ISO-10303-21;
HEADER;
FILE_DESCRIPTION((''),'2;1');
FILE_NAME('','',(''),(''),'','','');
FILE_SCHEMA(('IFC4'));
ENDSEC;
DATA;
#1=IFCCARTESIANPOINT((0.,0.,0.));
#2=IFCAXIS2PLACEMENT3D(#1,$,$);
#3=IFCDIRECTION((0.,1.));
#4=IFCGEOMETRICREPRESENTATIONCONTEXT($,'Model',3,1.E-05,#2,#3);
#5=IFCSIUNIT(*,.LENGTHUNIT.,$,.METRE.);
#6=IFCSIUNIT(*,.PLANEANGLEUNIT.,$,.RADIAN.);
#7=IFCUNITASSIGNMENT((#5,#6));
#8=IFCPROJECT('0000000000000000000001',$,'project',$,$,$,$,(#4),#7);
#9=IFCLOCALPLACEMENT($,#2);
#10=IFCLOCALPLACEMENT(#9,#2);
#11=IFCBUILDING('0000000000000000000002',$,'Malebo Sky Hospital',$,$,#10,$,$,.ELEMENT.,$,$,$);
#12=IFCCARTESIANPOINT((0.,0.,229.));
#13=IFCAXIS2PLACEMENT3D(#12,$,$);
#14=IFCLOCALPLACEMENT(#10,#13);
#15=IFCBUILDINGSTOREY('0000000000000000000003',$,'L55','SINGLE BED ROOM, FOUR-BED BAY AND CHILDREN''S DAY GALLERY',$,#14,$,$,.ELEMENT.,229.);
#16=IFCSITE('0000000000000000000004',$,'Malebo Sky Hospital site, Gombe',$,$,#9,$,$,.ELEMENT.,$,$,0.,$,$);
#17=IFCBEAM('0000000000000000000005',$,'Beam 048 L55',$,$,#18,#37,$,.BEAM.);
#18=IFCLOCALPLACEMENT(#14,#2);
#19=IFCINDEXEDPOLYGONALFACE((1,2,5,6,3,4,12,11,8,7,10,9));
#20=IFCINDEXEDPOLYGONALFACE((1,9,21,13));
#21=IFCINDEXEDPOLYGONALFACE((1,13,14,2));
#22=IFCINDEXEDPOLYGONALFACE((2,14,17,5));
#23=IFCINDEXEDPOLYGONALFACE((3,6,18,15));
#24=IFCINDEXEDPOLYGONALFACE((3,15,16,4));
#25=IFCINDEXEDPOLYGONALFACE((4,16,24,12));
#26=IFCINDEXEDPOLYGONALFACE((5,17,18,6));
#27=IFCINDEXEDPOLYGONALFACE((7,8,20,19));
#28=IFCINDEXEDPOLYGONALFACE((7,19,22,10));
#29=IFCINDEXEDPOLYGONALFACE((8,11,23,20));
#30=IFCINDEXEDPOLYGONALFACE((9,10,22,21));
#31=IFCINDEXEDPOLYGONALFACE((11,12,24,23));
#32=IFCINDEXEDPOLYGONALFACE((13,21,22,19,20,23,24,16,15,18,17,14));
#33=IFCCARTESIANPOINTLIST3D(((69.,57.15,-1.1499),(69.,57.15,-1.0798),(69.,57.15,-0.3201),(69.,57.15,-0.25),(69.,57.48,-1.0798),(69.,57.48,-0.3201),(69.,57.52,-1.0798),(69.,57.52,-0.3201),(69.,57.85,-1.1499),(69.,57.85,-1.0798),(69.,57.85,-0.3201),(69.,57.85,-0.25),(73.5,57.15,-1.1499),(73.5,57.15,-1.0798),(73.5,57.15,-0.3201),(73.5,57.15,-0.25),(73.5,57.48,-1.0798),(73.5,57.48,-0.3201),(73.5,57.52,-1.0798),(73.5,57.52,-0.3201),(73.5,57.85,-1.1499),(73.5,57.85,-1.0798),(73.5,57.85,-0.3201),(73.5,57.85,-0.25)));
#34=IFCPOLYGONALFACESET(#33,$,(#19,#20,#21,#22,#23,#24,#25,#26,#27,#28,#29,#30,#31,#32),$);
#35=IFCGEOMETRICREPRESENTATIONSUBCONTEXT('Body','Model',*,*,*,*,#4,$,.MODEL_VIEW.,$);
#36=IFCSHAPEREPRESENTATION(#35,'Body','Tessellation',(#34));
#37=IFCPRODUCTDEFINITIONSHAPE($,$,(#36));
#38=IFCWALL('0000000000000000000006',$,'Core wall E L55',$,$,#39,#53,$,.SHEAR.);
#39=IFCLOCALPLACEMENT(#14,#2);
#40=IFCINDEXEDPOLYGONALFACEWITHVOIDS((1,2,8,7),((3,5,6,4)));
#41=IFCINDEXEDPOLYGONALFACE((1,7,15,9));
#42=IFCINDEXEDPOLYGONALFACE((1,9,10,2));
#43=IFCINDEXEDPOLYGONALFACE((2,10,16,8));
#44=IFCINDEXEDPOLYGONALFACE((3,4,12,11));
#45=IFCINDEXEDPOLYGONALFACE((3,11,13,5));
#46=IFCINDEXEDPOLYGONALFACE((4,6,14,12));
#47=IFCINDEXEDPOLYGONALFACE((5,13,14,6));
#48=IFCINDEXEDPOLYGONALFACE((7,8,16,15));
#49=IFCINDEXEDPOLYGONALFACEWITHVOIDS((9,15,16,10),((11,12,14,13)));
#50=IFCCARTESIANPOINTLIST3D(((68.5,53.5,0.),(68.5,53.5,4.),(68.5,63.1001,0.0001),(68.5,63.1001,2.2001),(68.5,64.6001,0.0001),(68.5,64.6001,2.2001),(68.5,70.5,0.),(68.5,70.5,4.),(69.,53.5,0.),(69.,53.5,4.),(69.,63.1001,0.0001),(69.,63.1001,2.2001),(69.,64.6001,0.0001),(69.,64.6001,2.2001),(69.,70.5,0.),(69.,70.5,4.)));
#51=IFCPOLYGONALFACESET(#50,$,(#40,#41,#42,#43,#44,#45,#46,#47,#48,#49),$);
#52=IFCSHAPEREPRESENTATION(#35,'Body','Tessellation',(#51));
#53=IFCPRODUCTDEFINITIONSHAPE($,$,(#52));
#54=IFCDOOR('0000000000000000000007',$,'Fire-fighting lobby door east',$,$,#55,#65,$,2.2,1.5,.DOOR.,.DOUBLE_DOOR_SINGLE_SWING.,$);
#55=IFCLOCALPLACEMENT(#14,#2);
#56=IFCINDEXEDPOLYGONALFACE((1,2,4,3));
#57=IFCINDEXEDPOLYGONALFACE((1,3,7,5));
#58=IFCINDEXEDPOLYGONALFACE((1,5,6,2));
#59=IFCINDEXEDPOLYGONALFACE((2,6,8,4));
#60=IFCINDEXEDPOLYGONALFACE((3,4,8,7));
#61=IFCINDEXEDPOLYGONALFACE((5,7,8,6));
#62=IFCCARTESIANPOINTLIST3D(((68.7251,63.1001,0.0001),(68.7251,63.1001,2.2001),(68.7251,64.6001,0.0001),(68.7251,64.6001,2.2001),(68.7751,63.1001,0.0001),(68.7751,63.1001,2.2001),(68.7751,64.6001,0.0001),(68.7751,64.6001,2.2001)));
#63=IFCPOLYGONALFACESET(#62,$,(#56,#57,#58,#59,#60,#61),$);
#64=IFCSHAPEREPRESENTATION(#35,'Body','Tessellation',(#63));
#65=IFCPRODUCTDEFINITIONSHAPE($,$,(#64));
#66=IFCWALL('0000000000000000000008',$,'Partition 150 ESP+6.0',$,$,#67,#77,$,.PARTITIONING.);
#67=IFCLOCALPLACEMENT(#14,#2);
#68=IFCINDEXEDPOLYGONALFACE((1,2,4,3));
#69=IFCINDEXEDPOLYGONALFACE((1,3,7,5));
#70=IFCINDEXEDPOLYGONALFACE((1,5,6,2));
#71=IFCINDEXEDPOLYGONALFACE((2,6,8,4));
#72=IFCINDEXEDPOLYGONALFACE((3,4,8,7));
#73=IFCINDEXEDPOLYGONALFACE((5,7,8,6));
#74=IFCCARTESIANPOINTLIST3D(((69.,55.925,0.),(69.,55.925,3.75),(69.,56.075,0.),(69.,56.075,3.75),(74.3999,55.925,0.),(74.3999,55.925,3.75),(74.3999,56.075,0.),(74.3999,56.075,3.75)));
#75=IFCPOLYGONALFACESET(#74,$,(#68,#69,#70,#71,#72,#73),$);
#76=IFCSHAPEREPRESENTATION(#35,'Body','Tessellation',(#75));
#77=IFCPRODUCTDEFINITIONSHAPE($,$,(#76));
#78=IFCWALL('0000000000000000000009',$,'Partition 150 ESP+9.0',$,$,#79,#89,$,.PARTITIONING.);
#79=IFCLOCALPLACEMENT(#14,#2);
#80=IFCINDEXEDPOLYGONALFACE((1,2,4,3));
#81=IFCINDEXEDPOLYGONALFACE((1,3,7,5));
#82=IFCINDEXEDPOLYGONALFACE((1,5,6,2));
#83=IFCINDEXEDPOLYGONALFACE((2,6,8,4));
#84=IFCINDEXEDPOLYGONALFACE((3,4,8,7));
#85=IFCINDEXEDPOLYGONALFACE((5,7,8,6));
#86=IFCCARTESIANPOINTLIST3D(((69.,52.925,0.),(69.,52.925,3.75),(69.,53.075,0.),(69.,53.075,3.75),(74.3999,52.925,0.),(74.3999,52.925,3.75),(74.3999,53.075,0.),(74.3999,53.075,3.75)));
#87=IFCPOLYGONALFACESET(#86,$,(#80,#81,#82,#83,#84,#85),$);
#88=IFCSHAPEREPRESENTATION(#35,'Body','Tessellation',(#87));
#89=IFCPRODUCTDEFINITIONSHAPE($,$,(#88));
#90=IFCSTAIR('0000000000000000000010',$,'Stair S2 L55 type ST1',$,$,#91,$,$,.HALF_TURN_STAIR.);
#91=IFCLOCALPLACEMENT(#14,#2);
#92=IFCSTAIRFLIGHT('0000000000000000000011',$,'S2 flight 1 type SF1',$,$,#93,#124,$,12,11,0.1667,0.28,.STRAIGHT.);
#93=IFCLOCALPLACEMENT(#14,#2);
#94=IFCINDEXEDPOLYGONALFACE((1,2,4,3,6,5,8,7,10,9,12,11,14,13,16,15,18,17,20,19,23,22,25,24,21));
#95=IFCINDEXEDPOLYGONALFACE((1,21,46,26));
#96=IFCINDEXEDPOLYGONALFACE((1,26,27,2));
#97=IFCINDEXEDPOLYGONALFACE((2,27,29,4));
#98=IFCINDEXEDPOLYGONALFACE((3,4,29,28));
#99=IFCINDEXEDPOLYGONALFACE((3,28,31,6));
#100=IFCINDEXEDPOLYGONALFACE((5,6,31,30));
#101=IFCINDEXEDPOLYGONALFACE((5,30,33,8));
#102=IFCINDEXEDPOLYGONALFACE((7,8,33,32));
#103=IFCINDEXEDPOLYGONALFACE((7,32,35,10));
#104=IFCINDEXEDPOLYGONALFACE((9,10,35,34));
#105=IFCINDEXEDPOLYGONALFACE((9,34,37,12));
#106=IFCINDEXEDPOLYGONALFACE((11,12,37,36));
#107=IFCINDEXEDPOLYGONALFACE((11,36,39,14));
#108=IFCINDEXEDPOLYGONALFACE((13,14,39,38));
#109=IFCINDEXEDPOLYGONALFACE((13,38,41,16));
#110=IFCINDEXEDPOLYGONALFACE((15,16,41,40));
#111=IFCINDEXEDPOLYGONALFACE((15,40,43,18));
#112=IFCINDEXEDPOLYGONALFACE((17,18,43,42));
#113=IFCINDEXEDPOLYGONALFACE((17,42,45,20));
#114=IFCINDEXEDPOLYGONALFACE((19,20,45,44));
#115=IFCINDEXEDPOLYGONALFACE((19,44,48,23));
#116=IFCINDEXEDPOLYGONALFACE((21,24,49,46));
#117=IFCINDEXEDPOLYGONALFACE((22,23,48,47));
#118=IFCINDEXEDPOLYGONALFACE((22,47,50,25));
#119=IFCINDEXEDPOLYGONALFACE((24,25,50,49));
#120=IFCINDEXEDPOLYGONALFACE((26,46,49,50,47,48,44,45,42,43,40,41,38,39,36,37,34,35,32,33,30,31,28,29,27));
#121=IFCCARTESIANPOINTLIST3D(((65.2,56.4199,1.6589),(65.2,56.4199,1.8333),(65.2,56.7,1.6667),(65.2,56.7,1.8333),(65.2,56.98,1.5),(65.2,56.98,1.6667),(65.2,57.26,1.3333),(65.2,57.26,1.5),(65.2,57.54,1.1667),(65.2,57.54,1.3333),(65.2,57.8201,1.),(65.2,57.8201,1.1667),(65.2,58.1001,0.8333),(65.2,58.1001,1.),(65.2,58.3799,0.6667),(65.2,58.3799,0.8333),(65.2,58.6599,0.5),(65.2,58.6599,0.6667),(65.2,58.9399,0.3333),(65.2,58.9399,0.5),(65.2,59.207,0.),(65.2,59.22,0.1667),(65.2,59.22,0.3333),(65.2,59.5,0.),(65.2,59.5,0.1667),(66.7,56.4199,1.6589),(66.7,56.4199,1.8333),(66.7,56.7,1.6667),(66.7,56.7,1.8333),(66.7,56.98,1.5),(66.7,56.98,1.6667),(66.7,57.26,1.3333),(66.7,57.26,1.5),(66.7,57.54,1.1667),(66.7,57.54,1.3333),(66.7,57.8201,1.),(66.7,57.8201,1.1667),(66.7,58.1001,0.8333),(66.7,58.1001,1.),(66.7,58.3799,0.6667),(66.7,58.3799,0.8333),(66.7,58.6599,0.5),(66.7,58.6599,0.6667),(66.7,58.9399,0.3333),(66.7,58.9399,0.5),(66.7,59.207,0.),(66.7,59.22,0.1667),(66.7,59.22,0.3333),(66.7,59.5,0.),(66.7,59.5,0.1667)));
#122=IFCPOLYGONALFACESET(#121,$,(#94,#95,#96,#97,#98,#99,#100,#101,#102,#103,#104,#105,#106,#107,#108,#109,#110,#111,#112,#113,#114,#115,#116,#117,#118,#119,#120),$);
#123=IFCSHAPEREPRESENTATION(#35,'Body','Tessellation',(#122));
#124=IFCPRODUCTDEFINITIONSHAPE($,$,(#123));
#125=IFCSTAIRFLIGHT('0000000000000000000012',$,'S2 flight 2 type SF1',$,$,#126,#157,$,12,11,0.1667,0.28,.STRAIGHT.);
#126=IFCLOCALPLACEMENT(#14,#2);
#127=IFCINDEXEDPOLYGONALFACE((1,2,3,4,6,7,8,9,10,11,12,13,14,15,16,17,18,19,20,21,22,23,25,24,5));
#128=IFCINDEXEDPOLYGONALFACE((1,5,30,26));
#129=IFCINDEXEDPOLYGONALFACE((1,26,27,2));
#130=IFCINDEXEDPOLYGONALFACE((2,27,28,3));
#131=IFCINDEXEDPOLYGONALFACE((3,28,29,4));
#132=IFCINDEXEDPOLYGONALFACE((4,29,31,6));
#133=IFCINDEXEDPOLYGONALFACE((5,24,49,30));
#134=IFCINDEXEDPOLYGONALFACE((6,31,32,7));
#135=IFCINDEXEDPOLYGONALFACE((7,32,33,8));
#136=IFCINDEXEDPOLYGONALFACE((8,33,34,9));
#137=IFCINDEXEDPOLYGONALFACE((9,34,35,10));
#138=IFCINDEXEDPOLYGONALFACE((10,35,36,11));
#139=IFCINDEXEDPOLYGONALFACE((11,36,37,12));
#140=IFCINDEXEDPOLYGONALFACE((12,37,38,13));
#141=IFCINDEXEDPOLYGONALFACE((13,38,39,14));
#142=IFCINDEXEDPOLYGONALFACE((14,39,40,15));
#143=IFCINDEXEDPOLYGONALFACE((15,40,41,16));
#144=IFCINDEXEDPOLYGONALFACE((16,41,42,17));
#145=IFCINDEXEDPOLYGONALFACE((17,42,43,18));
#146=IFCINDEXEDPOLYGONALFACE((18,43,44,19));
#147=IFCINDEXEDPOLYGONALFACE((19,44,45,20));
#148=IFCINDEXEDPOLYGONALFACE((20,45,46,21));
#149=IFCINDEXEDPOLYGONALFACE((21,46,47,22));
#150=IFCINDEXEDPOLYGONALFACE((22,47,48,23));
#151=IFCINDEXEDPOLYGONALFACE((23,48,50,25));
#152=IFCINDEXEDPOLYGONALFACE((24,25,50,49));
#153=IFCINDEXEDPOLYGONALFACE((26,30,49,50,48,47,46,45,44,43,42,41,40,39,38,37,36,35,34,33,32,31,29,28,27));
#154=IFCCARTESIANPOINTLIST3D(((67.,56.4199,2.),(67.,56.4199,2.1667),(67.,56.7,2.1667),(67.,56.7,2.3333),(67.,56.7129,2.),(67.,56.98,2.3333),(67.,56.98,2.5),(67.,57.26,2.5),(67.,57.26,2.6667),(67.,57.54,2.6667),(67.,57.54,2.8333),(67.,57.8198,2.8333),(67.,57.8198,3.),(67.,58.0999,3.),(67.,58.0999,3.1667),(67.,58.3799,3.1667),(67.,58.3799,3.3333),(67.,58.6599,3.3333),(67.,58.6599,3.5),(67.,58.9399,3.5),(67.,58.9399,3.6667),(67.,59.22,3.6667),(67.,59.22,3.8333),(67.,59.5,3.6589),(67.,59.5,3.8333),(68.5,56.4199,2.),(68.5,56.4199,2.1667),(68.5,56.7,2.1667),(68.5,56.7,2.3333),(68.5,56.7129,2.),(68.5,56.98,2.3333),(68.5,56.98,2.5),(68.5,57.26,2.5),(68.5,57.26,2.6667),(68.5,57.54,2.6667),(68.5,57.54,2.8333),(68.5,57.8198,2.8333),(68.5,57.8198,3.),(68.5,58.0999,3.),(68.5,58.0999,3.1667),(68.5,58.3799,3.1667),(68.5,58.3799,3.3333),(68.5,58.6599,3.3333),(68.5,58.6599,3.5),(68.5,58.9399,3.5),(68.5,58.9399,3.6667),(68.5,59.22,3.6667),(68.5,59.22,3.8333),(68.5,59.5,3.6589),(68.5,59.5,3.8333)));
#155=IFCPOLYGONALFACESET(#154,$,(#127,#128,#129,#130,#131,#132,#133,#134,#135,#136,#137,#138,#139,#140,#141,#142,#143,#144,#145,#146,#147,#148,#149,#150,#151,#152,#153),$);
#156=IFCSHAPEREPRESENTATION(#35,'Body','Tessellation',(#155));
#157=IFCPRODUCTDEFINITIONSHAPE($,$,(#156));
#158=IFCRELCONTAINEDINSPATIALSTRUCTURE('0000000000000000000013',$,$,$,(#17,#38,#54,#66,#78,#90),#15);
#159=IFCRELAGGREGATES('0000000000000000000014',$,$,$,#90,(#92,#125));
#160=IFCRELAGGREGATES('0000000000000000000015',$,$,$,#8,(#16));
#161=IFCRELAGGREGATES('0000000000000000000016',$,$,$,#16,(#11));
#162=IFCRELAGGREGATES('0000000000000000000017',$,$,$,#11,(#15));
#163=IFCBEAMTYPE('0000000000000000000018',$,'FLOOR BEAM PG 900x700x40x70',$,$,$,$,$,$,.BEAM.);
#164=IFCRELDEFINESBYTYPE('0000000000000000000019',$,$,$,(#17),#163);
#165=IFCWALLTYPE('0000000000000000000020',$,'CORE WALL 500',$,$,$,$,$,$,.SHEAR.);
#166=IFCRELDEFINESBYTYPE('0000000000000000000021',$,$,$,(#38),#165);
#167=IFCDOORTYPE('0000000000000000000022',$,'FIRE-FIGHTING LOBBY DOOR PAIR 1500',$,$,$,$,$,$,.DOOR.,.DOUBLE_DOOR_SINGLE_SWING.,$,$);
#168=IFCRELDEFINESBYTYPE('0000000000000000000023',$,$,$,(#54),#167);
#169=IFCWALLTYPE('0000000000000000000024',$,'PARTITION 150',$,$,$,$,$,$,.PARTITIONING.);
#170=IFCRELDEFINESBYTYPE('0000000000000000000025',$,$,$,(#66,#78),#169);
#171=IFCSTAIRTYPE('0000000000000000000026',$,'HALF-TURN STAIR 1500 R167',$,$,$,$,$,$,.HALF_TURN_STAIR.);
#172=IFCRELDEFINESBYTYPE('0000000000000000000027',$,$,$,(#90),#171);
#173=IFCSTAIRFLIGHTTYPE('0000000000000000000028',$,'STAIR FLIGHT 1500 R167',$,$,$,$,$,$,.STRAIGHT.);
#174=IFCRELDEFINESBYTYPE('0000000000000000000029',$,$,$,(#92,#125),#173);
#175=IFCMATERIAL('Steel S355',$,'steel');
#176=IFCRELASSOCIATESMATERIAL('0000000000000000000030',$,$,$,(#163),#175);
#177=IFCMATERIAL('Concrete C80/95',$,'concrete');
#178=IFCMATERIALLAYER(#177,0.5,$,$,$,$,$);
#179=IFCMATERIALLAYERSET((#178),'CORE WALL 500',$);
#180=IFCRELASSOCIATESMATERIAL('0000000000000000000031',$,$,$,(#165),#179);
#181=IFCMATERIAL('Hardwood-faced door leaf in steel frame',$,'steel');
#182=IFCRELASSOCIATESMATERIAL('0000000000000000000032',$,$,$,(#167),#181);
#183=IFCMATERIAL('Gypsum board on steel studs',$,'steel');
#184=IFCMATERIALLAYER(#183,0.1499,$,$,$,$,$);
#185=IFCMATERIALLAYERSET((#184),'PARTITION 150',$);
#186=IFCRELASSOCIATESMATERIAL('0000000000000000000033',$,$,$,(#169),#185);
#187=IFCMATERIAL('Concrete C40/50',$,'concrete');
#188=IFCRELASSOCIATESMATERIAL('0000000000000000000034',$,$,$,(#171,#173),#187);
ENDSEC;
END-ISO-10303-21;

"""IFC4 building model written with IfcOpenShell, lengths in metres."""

from ifc_helpers import new_model, si_unit, direction, frame, frame_2d, origin, origin_2d, place, context, subcontext, project, spatial, polyline, rectangle, i_section, outline, extrude, material, layer, layer_set, material_profile, profile_set, type_object, element, fill, aggregate, save


model = new_model("IFC4")

# Units and contexts
model_context = context("Model", 3, precision=1e-05, world=origin(), true_north=direction((0.0, 1.0)))
body_context = subcontext(model_context, "Body", "Model", "MODEL_VIEW")
ifc_project = project(units=[si_unit("LENGTHUNIT", "METRE"), si_unit("PLANEANGLEUNIT", "RADIAN")], contexts=[model_context])

# Site, building, storey
site_placement = place(None, origin())
site = spatial("IfcSite", under=ifc_project, at=site_placement, Name="Malebo Sky Hospital site, Gombe", CompositionType="ELEMENT", RefElevation=0.0)
building_placement = place(site_placement, origin())
building = spatial("IfcBuilding", under=site, at=building_placement, Name="Malebo Sky Hospital", CompositionType="ELEMENT")
storey_placement = place(building_placement, frame((0.0, 0.0, 229.0)))
storey = spatial("IfcBuildingStorey", under=building, at=storey_placement, Name="L55", Description="SINGLE BED ROOM, FOUR-BED BAY AND CHILDREN'S DAY GALLERY", CompositionType="ELEMENT", Elevation=229.0)

# Beam
ifc_material_1 = material(Name="Steel S355", Category="steel")
ifc_material_profile = material_profile(ifc_material_1, i_section(OverallWidth=0.7, OverallDepth=0.8999, WebThickness=0.04, FlangeThickness=0.0701, at=origin_2d()), Name="PG 900x700x40x70")
ifc_profile_set = profile_set([ifc_material_profile], Name="Steel S355")
beam_type = type_object("IfcBeamType", Name="FLOOR BEAM PG 900x700x40x70", PredefinedType="BEAM", material=ifc_profile_set)
beam_placement = place(storey_placement, frame((69.0, 57.5, -0.7), z_axis=(1.0, 0.0, 0.0), x_axis=(0.0, 1.0, 0.0)))
element("IfcBeam", 1, at=beam_placement, inside=storey, type_object=beam_type, Name="Beam 048 L55", PredefinedType="BEAM", context=body_context, shape_type="SweptSolid", body=[
    extrude(i_section(OverallWidth=0.7, OverallDepth=0.8999, WebThickness=0.04, FlangeThickness=0.0701, at=origin_2d()), origin(), (0.0, 0.0, 1.0), 4.5),
])

# Wall, opening, door
ifc_material_2 = material(Name="Concrete C80/95", Category="concrete")
ifc_layer_1 = layer(ifc_material_2, 0.5)
ifc_layer_set_1 = layer_set([ifc_layer_1], Name="CORE WALL 500")
wall_type_1 = type_object("IfcWallType", Name="CORE WALL 500", PredefinedType="SHEAR", material=ifc_layer_set_1)
wall_placement = place(storey_placement, frame((68.75, 53.5, 0.0), z_axis=(0.0, 0.0, 1.0), x_axis=(0.0, 1.0, 0.0)))
wall = element("IfcWall", 2, at=wall_placement, inside=storey, type_object=wall_type_1, Name="Core wall E L55", PredefinedType="SHEAR", context=body_context, shape_type="SweptSolid", body=[
    extrude(rectangle(XDim=17.0, YDim=0.5, at=frame_2d((8.5, 0.0))), origin(), (0.0, 0.0, 1.0), 4.0),
])
opening_placement = place(wall_placement, frame((9.6001, 0.0, 0.0)))
opening = element("IfcOpeningElement", 3, at=opening_placement, cuts=wall, PredefinedType="OPENING", context=body_context, shape_type="SweptSolid", body=[
    extrude(rectangle(XDim=1.5, YDim=2.2, at=frame_2d((0.75, 1.1001))), frame((0.0, 0.26, 0.0), z_axis=(0.0, -1.0, 0.0), x_axis=(1.0, 0.0, 0.0)), (0.0, 0.0, 1.0), 0.52),
])
ifc_material_3 = material(Name="Hardwood-faced door leaf in steel frame", Category="steel")
door_type = type_object("IfcDoorType", Name="FIRE-FIGHTING LOBBY DOOR PAIR 1500", OperationType="DOUBLE_DOOR_SINGLE_SWING", PredefinedType="DOOR", material=ifc_material_3)
door_placement = place(opening_placement, origin())
door = element("IfcDoor", 4, at=door_placement, inside=storey, type_object=door_type, Name="Fire-fighting lobby door east", OperationType="DOUBLE_DOOR_SINGLE_SWING", OverallHeight=2.2, OverallWidth=1.5, PredefinedType="DOOR", context=body_context, shape_type="SweptSolid", body=[
    extrude(rectangle(XDim=1.5, YDim=2.2, at=frame_2d((0.75, 1.1001))), frame((0.0, 0.0249, 0.0), z_axis=(0.0, -1.0, 0.0), x_axis=(1.0, 0.0, 0.0)), (0.0, 0.0, 1.0), 0.05),
])
fill(opening, door)

# Walls
ifc_material_4 = material(Name="Gypsum board on steel studs", Category="steel")
ifc_layer_2 = layer(ifc_material_4, 0.1499)
ifc_layer_set_2 = layer_set([ifc_layer_2], Name="PARTITION 150")
wall_type_2 = type_object("IfcWallType", Name="PARTITION 150", PredefinedType="PARTITIONING", material=ifc_layer_set_2)
for number, where, z_axis, x_axis, name in (
    (5, (69.0, 56.0, 0.0), (0.0, 0.0, 1.0), (1.0, 0.0, 0.0), "Partition 150 ESP+6.0"),
    (6, (69.0, 53.0, 0.0), (0.0, 0.0, 1.0), (1.0, 0.0, 0.0), "Partition 150 ESP+9.0"),
):
    element("IfcWall", number, at=place(storey_placement, frame(where, z_axis=z_axis, x_axis=x_axis)), inside=storey, type_object=wall_type_2, Name=name, PredefinedType="PARTITIONING", context=body_context, shape_type="SweptSolid", body=[
        extrude(rectangle(XDim=5.3999, YDim=0.1499, at=frame_2d((2.7, 0.0))), origin(), (0.0, 0.0, 1.0), 3.75),
    ])

# Stair, stair flights
ifc_material_5 = material(Name="Concrete C40/50", Category="concrete")
stair_type = type_object("IfcStairType", Name="HALF-TURN STAIR 1500 R167", PredefinedType="HALF_TURN_STAIR", material=ifc_material_5)
stair_placement = place(storey_placement, origin())
stair = element("IfcStair", 7, at=stair_placement, inside=storey, type_object=stair_type, Name="Stair S2 L55 type ST1", PredefinedType="HALF_TURN_STAIR")
stair_flight_type = type_object("IfcStairFlightType", Name="STAIR FLIGHT 1500 R167", PredefinedType="STRAIGHT", material=ifc_material_5)
stair_flight_1_placement = place(storey_placement, frame((65.95, 59.5, 0.0), z_axis=(0.0, 0.0, 1.0), x_axis=(0.0, -1.0, 0.0)))
stair_flight_1 = element("IfcStairFlight", 8, at=stair_flight_1_placement, type_object=stair_flight_type, Name="S2 flight 1 type SF1", NumberOfRisers=12, NumberOfTreads=11, PredefinedType="STRAIGHT", RiserHeight=0.1667, TreadLength=0.28, context=body_context, shape_type="SweptSolid", body=[
    extrude(outline(polyline([(0.0, 0.0), (0.0, 0.1667), (0.28, 0.1667), (0.28, 0.3333), (0.5601, 0.3333), (0.5601, 0.5), (0.8401, 0.5), (0.8401, 0.6667), (1.1201, 0.6667), (1.1201, 0.8333), (1.3999, 0.8333), (1.3999, 1.0), (1.6799, 1.0), (1.6799, 1.1667), (1.96, 1.1667), (1.96, 1.3333), (2.24, 1.3333), (2.24, 1.5), (2.52, 1.5), (2.52, 1.6667), (2.8, 1.6667), (2.8, 1.8333), (3.0801, 1.8333), (3.0801, 2.0), (3.0801, 1.6589), (0.293, 0.0), (0.0, 0.0)])), frame((0.0, 0.75, 0.0), z_axis=(0.0, -1.0, 0.0), x_axis=(1.0, 0.0, 0.0)), (0.0, 0.0, 1.0), 1.5),
])
stair_flight_2_placement = place(storey_placement, frame((67.75, 56.4199, 2.0), z_axis=(0.0, 0.0, 1.0), x_axis=(0.0, 1.0, 0.0)))
stair_flight_2 = element("IfcStairFlight", 9, at=stair_flight_2_placement, type_object=stair_flight_type, Name="S2 flight 2 type SF1", NumberOfRisers=12, NumberOfTreads=11, PredefinedType="STRAIGHT", RiserHeight=0.1667, TreadLength=0.28, context=body_context, shape_type="SweptSolid", body=[
    extrude(outline(polyline([(0.0, 0.0), (0.0, 0.1667), (0.28, 0.1667), (0.28, 0.3333), (0.5601, 0.3333), (0.5601, 0.5), (0.8401, 0.5), (0.8401, 0.6667), (1.1201, 0.6667), (1.1201, 0.8333), (1.3999, 0.8333), (1.3999, 1.0), (1.6799, 1.0), (1.6799, 1.1667), (1.96, 1.1667), (1.96, 1.3333), (2.24, 1.3333), (2.24, 1.5), (2.52, 1.5), (2.52, 1.6667), (2.8, 1.6667), (2.8, 1.8333), (3.0801, 1.8333), (3.0801, 2.0), (3.0801, 1.6589), (0.293, 0.0), (0.0, 0.0)])), frame((0.0, 0.75, 0.0), z_axis=(0.0, -1.0, 0.0), x_axis=(1.0, 0.0, 0.0)), (0.0, 0.0, 1.0), 1.5),
])
aggregate(stair, [stair_flight_1, stair_flight_2])

save(model, "model.ifc")
